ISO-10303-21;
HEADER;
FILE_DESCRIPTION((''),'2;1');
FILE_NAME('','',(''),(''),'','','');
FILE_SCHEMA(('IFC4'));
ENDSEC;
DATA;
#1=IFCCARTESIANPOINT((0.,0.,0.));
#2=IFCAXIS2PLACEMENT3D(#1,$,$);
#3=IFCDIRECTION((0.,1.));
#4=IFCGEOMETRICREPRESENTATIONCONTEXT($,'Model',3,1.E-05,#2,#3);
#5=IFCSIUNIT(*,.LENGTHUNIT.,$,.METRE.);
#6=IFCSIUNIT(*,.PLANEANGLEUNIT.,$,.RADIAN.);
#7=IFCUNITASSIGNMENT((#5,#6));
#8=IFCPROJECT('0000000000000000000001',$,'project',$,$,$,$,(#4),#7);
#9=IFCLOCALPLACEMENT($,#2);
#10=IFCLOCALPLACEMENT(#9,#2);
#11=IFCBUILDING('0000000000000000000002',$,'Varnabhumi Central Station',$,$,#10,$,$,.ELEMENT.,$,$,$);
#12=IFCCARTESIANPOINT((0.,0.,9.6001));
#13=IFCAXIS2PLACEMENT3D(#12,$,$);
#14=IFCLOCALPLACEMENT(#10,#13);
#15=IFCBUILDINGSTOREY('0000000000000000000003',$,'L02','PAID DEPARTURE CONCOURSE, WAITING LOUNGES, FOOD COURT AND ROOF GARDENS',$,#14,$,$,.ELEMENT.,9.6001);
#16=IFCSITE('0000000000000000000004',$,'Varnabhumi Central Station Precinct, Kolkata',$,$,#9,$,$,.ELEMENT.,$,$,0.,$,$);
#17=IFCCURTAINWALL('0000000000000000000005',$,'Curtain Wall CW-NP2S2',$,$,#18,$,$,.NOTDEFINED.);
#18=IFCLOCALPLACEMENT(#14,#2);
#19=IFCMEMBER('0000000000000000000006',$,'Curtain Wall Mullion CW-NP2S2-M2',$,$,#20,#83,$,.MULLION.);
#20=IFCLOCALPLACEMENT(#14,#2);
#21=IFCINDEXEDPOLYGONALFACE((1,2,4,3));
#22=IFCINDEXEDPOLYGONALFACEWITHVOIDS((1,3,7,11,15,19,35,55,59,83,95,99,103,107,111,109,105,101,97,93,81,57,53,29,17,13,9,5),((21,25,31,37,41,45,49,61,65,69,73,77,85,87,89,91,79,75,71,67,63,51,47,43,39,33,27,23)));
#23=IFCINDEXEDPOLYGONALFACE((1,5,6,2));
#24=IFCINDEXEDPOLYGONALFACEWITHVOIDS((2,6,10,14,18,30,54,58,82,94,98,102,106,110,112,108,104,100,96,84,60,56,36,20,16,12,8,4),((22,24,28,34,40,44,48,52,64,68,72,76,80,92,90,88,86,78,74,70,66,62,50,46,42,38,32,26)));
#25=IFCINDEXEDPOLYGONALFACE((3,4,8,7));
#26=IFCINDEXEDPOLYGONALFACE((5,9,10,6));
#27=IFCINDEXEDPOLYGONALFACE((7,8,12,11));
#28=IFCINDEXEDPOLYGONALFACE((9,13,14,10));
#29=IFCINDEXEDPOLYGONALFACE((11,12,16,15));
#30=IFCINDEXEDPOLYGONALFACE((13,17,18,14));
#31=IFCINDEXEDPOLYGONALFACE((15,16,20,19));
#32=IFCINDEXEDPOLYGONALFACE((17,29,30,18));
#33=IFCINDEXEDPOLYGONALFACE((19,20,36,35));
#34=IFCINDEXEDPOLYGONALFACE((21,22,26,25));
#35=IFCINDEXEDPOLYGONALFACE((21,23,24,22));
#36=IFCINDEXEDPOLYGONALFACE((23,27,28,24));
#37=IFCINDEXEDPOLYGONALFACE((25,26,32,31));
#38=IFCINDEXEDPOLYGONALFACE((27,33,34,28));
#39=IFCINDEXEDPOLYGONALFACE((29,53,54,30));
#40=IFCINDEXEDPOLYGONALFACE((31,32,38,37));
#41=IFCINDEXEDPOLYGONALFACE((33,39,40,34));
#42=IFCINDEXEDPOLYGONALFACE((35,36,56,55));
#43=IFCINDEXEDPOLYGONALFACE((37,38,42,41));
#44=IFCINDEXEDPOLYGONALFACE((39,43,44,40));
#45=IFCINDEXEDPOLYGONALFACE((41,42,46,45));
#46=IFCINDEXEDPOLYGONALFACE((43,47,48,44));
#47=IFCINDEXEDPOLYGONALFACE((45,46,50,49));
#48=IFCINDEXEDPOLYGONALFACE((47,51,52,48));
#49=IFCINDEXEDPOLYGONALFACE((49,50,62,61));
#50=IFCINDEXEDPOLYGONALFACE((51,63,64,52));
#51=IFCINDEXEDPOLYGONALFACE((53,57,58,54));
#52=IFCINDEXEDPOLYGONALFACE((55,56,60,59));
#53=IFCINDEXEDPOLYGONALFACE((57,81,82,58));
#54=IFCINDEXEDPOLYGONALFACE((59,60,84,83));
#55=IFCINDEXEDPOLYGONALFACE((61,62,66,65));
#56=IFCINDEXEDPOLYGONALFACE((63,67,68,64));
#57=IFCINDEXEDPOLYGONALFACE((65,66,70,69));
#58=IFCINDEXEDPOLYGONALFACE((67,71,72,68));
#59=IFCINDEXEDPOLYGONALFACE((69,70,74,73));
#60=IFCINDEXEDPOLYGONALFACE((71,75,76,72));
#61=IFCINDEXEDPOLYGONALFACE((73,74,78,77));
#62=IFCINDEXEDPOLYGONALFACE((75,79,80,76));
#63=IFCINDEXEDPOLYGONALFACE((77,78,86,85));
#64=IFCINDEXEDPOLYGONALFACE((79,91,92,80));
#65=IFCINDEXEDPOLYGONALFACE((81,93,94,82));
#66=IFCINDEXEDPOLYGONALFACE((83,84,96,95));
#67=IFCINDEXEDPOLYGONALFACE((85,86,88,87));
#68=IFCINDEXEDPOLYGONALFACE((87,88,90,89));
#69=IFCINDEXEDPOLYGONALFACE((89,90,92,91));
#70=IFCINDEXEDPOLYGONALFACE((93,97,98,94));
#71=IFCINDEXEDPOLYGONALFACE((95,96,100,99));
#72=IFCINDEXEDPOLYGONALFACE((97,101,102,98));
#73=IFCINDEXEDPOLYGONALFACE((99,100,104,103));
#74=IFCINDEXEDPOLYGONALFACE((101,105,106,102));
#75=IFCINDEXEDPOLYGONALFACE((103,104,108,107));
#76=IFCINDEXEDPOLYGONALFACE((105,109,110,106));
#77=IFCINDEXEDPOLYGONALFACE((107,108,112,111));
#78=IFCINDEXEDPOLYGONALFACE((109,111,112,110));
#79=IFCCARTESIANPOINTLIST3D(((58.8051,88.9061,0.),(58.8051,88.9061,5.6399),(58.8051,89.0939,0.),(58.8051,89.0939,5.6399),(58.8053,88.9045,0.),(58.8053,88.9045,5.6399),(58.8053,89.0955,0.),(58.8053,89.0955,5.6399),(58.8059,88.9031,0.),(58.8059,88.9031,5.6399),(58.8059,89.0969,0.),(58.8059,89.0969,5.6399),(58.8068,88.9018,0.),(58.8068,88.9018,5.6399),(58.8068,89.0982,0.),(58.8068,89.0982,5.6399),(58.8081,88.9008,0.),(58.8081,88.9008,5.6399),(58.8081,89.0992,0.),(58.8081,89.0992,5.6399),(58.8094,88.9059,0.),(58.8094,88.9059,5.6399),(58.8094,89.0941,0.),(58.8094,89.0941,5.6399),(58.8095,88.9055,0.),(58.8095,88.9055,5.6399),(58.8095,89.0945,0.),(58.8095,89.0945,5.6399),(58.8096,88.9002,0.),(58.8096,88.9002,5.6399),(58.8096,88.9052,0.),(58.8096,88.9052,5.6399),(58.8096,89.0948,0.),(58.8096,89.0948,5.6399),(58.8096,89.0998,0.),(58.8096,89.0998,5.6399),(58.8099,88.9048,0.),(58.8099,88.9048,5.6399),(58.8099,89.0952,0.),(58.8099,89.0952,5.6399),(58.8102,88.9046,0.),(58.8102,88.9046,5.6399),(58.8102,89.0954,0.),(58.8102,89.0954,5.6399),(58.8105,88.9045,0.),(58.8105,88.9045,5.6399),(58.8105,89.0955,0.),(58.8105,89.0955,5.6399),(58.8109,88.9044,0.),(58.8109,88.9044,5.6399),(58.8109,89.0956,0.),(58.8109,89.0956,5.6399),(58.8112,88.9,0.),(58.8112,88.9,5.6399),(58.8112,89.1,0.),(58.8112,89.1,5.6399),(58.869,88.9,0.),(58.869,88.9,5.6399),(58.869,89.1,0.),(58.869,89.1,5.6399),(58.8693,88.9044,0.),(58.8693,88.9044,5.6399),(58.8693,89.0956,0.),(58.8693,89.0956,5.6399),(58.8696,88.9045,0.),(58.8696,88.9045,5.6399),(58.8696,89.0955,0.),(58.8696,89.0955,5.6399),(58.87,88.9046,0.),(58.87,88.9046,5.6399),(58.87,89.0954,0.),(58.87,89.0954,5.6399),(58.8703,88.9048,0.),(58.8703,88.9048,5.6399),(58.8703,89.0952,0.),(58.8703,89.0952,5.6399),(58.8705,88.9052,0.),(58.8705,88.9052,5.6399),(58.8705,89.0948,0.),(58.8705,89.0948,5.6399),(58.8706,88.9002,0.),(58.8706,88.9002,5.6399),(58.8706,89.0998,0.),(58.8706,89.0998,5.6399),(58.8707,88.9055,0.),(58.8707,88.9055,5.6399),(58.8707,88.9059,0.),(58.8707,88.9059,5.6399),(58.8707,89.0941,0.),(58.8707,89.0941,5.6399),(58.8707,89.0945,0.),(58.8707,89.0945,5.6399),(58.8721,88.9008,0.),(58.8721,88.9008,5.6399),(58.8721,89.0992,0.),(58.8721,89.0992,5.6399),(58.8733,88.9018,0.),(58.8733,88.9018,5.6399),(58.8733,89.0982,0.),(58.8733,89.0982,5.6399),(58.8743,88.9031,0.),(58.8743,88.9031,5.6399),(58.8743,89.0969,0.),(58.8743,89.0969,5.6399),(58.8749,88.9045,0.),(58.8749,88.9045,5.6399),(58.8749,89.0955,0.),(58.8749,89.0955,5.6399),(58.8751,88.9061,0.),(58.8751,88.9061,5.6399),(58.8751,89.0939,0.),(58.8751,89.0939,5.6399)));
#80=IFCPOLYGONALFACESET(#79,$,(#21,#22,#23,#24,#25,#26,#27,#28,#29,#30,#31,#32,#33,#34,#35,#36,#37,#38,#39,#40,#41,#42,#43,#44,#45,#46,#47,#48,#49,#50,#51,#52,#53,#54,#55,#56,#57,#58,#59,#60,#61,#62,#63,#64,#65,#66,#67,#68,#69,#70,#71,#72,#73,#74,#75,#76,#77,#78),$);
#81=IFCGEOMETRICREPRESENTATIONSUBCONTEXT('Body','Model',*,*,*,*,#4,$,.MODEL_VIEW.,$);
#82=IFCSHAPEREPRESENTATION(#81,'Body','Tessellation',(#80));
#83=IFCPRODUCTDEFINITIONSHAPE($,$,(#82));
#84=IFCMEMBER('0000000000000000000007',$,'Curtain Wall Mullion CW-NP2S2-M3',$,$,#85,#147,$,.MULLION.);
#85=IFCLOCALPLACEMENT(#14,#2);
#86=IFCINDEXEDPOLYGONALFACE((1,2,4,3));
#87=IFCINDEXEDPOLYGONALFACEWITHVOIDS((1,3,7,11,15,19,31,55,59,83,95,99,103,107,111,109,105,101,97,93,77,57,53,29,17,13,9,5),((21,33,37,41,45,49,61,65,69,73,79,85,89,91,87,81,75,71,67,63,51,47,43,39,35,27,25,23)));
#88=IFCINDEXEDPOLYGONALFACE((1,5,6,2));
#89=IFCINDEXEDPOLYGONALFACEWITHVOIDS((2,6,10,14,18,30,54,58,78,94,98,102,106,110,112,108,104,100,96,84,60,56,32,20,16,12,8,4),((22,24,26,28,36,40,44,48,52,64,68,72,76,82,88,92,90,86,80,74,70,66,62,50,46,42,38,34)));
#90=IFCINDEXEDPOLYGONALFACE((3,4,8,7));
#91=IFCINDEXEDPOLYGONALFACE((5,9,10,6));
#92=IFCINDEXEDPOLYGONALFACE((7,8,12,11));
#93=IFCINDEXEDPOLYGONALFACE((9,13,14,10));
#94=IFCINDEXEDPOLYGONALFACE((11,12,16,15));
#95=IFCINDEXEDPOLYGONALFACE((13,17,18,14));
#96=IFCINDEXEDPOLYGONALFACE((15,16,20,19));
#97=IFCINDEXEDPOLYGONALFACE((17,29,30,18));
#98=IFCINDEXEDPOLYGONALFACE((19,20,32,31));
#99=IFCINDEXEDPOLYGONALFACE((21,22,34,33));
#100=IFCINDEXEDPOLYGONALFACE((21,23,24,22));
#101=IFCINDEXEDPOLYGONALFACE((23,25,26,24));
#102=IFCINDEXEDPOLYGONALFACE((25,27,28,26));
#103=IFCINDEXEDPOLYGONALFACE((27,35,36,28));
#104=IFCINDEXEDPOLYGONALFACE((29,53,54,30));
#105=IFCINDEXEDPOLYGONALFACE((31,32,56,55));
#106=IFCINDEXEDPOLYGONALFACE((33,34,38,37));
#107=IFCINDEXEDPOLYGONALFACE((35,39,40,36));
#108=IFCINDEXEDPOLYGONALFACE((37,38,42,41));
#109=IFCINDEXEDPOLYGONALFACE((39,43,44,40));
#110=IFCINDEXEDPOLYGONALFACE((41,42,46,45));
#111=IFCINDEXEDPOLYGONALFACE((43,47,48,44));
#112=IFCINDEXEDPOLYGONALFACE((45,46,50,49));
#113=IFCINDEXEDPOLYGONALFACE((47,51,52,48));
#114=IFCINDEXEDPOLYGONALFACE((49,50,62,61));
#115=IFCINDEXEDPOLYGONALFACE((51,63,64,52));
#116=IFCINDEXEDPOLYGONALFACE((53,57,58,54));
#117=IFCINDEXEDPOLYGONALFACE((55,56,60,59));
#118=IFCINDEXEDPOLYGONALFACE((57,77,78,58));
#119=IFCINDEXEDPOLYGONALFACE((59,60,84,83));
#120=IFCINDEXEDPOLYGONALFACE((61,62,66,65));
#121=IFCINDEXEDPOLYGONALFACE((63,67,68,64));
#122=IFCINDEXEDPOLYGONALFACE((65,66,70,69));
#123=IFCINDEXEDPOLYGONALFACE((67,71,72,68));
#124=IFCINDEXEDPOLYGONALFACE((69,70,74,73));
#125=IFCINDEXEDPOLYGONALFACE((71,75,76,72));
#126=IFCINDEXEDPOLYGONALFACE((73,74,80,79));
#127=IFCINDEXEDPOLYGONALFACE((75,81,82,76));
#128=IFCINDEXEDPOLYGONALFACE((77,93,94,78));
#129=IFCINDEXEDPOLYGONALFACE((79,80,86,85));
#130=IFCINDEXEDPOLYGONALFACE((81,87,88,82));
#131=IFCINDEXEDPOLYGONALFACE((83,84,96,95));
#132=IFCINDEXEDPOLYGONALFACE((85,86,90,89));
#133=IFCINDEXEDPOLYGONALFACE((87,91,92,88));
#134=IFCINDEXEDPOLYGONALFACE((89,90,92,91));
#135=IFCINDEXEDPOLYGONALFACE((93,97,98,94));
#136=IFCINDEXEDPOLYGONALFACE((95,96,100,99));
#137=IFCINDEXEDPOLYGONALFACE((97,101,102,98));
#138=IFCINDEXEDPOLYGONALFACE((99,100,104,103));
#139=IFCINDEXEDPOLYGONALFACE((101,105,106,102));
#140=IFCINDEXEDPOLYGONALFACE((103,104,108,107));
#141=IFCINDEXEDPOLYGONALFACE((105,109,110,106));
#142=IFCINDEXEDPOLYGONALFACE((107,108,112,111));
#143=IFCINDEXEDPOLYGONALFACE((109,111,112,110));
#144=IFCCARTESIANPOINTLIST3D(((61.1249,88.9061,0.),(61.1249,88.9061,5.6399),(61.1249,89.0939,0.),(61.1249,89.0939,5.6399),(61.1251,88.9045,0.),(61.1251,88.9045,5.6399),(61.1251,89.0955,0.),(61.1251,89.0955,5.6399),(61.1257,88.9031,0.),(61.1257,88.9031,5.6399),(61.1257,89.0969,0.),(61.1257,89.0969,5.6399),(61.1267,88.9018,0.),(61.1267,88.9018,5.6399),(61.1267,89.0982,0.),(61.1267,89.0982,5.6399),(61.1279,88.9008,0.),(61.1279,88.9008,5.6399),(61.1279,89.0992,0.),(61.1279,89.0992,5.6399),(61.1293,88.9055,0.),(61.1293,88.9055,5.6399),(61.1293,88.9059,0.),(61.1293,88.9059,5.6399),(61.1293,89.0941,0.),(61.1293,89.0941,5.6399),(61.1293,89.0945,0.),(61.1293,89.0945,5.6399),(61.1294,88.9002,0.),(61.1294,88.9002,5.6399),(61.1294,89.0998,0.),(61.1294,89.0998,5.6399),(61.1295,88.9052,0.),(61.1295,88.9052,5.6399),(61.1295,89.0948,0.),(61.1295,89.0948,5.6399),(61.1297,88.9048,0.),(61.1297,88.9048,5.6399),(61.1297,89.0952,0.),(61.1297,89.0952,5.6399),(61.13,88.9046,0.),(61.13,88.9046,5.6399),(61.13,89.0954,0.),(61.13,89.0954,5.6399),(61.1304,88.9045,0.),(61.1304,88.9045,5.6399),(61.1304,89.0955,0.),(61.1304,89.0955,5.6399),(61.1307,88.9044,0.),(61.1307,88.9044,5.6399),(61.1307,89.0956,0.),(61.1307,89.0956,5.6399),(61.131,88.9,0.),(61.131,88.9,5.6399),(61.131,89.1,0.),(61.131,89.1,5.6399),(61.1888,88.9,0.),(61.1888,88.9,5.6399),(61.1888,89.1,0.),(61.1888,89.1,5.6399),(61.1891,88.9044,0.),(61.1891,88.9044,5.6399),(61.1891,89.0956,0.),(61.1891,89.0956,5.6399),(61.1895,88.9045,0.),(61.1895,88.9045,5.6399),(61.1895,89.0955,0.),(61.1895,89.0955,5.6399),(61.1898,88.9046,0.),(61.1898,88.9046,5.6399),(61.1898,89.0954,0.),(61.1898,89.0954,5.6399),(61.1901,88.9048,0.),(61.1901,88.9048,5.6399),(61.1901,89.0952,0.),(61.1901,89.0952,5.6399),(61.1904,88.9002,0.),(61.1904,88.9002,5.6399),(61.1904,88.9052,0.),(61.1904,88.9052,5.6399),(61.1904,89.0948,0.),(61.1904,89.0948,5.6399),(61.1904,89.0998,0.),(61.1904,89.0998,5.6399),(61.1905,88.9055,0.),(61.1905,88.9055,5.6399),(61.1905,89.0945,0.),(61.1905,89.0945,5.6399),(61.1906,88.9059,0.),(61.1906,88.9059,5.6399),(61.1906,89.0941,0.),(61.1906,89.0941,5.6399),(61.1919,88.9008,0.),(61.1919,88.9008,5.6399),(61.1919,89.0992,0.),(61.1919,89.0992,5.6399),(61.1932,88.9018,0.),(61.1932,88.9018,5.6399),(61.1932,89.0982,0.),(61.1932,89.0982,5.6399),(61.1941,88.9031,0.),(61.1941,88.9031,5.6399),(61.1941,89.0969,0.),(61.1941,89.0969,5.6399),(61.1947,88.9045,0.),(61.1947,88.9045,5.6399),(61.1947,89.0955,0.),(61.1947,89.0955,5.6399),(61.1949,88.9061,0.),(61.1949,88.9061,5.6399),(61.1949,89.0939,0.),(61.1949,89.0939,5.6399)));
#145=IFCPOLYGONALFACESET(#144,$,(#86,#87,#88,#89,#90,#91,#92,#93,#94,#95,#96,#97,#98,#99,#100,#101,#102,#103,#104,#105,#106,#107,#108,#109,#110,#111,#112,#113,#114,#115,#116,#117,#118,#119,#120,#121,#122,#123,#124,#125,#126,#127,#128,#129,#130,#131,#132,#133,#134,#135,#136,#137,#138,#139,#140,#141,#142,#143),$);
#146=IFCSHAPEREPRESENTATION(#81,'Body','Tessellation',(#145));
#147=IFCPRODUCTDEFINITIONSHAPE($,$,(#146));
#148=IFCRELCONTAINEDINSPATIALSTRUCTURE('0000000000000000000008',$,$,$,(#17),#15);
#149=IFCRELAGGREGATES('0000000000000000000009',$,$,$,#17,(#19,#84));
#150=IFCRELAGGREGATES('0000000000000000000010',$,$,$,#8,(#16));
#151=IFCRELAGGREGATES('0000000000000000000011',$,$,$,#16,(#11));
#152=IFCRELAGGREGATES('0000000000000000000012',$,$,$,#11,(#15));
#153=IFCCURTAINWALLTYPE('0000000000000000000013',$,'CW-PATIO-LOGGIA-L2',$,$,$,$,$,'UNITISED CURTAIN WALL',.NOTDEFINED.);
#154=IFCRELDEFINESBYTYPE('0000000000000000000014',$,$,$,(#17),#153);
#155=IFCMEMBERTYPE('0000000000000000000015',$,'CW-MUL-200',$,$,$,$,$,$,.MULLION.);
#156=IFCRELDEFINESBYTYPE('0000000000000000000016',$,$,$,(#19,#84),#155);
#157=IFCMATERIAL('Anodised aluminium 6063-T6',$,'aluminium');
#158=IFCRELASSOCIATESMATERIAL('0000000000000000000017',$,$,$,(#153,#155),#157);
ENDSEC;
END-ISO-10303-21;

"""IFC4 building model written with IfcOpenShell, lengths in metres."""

from ifc_helpers import new_model, si_unit, direction, frame, origin, origin_2d, place, context, subcontext, project, spatial, hollow_rectangle, extrude, material, material_profile, profile_set, type_object, element, aggregate, save


model = new_model("IFC4")

# Units and contexts
model_context = context("Model", 3, precision=1e-05, world=origin(), true_north=direction((0.0, 1.0)))
body_context = subcontext(model_context, "Body", "Model", "MODEL_VIEW")
ifc_project = project(units=[si_unit("LENGTHUNIT", "METRE"), si_unit("PLANEANGLEUNIT", "RADIAN")], contexts=[model_context])

# Site, building, storey
site_placement = place(None, origin())
site = spatial("IfcSite", under=ifc_project, at=site_placement, Name="Varnabhumi Central Station Precinct, Kolkata", CompositionType="ELEMENT", RefElevation=0.0)
building_placement = place(site_placement, origin())
building = spatial("IfcBuilding", under=site, at=building_placement, Name="Varnabhumi Central Station", CompositionType="ELEMENT")
storey_placement = place(building_placement, frame((0.0, 0.0, 9.6001)))
storey = spatial("IfcBuildingStorey", under=building, at=storey_placement, Name="L02", Description="PAID DEPARTURE CONCOURSE, WAITING LOUNGES, FOOD COURT AND ROOF GARDENS", CompositionType="ELEMENT", Elevation=9.6001)

# Curtain wall, members
ifc_material_1 = material(Name="Anodised aluminium 6063-T6", Category="aluminium")
curtain_wall_type = type_object("IfcCurtainWallType", Name="CW-PATIO-LOGGIA-L2", ElementType="UNITISED CURTAIN WALL", PredefinedType="NOTDEFINED", material=ifc_material_1)
curtain_wall_1_placement = place(storey_placement, origin())
curtain_wall_1 = element("IfcCurtainWall", 1, at=curtain_wall_1_placement, inside=storey, type_object=curtain_wall_type, Name="Curtain Wall CW-NP2S2", PredefinedType="NOTDEFINED")
ifc_material_profile_1 = material_profile(ifc_material_1, hollow_rectangle(XDim=0.0701, YDim=0.2, WallThickness=0.0044, InnerFilletRadius=0.0015, OuterFilletRadius=0.0061, at=origin_2d()), Name="Anodised aluminium 6063-T6", Category="aluminium")
ifc_profile_set_1 = profile_set([ifc_material_profile_1], Name="Anodised aluminium 6063-T6")
member_type_1 = type_object("IfcMemberType", Name="CW-MUL-200", PredefinedType="MULLION", material=ifc_profile_set_1)
member_1_placement = place(storey_placement, frame((58.8401, 89.0, 0.0), z_axis=(0.0, 0.0, 1.0), x_axis=(1.0, 0.0, 0.0)))
member_1 = element("IfcMember", 2, at=member_1_placement, type_object=member_type_1, Name="Curtain Wall Mullion CW-NP2S2-M2", PredefinedType="MULLION", context=body_context, shape_type="SweptSolid", body=[
    extrude(hollow_rectangle(XDim=0.0701, YDim=0.2, WallThickness=0.0044, InnerFilletRadius=0.0015, OuterFilletRadius=0.0061, at=origin_2d()), origin(), (0.0, 0.0, 1.0), 5.6399),
])
member_2_placement = place(storey_placement, frame((61.1599, 89.0, 0.0), z_axis=(0.0, 0.0, 1.0), x_axis=(1.0, 0.0, 0.0)))
member_2 = element("IfcMember", 3, at=member_2_placement, type_object=member_type_1, Name="Curtain Wall Mullion CW-NP2S2-M3", PredefinedType="MULLION", context=body_context, shape_type="SweptSolid", body=[
    extrude(hollow_rectangle(XDim=0.0701, YDim=0.2, WallThickness=0.0044, InnerFilletRadius=0.0015, OuterFilletRadius=0.0061, at=origin_2d()), origin(), (0.0, 0.0, 1.0), 5.6399),
])

aggregate(curtain_wall_1, [member_1, member_2])

save(model, "model.ifc")
